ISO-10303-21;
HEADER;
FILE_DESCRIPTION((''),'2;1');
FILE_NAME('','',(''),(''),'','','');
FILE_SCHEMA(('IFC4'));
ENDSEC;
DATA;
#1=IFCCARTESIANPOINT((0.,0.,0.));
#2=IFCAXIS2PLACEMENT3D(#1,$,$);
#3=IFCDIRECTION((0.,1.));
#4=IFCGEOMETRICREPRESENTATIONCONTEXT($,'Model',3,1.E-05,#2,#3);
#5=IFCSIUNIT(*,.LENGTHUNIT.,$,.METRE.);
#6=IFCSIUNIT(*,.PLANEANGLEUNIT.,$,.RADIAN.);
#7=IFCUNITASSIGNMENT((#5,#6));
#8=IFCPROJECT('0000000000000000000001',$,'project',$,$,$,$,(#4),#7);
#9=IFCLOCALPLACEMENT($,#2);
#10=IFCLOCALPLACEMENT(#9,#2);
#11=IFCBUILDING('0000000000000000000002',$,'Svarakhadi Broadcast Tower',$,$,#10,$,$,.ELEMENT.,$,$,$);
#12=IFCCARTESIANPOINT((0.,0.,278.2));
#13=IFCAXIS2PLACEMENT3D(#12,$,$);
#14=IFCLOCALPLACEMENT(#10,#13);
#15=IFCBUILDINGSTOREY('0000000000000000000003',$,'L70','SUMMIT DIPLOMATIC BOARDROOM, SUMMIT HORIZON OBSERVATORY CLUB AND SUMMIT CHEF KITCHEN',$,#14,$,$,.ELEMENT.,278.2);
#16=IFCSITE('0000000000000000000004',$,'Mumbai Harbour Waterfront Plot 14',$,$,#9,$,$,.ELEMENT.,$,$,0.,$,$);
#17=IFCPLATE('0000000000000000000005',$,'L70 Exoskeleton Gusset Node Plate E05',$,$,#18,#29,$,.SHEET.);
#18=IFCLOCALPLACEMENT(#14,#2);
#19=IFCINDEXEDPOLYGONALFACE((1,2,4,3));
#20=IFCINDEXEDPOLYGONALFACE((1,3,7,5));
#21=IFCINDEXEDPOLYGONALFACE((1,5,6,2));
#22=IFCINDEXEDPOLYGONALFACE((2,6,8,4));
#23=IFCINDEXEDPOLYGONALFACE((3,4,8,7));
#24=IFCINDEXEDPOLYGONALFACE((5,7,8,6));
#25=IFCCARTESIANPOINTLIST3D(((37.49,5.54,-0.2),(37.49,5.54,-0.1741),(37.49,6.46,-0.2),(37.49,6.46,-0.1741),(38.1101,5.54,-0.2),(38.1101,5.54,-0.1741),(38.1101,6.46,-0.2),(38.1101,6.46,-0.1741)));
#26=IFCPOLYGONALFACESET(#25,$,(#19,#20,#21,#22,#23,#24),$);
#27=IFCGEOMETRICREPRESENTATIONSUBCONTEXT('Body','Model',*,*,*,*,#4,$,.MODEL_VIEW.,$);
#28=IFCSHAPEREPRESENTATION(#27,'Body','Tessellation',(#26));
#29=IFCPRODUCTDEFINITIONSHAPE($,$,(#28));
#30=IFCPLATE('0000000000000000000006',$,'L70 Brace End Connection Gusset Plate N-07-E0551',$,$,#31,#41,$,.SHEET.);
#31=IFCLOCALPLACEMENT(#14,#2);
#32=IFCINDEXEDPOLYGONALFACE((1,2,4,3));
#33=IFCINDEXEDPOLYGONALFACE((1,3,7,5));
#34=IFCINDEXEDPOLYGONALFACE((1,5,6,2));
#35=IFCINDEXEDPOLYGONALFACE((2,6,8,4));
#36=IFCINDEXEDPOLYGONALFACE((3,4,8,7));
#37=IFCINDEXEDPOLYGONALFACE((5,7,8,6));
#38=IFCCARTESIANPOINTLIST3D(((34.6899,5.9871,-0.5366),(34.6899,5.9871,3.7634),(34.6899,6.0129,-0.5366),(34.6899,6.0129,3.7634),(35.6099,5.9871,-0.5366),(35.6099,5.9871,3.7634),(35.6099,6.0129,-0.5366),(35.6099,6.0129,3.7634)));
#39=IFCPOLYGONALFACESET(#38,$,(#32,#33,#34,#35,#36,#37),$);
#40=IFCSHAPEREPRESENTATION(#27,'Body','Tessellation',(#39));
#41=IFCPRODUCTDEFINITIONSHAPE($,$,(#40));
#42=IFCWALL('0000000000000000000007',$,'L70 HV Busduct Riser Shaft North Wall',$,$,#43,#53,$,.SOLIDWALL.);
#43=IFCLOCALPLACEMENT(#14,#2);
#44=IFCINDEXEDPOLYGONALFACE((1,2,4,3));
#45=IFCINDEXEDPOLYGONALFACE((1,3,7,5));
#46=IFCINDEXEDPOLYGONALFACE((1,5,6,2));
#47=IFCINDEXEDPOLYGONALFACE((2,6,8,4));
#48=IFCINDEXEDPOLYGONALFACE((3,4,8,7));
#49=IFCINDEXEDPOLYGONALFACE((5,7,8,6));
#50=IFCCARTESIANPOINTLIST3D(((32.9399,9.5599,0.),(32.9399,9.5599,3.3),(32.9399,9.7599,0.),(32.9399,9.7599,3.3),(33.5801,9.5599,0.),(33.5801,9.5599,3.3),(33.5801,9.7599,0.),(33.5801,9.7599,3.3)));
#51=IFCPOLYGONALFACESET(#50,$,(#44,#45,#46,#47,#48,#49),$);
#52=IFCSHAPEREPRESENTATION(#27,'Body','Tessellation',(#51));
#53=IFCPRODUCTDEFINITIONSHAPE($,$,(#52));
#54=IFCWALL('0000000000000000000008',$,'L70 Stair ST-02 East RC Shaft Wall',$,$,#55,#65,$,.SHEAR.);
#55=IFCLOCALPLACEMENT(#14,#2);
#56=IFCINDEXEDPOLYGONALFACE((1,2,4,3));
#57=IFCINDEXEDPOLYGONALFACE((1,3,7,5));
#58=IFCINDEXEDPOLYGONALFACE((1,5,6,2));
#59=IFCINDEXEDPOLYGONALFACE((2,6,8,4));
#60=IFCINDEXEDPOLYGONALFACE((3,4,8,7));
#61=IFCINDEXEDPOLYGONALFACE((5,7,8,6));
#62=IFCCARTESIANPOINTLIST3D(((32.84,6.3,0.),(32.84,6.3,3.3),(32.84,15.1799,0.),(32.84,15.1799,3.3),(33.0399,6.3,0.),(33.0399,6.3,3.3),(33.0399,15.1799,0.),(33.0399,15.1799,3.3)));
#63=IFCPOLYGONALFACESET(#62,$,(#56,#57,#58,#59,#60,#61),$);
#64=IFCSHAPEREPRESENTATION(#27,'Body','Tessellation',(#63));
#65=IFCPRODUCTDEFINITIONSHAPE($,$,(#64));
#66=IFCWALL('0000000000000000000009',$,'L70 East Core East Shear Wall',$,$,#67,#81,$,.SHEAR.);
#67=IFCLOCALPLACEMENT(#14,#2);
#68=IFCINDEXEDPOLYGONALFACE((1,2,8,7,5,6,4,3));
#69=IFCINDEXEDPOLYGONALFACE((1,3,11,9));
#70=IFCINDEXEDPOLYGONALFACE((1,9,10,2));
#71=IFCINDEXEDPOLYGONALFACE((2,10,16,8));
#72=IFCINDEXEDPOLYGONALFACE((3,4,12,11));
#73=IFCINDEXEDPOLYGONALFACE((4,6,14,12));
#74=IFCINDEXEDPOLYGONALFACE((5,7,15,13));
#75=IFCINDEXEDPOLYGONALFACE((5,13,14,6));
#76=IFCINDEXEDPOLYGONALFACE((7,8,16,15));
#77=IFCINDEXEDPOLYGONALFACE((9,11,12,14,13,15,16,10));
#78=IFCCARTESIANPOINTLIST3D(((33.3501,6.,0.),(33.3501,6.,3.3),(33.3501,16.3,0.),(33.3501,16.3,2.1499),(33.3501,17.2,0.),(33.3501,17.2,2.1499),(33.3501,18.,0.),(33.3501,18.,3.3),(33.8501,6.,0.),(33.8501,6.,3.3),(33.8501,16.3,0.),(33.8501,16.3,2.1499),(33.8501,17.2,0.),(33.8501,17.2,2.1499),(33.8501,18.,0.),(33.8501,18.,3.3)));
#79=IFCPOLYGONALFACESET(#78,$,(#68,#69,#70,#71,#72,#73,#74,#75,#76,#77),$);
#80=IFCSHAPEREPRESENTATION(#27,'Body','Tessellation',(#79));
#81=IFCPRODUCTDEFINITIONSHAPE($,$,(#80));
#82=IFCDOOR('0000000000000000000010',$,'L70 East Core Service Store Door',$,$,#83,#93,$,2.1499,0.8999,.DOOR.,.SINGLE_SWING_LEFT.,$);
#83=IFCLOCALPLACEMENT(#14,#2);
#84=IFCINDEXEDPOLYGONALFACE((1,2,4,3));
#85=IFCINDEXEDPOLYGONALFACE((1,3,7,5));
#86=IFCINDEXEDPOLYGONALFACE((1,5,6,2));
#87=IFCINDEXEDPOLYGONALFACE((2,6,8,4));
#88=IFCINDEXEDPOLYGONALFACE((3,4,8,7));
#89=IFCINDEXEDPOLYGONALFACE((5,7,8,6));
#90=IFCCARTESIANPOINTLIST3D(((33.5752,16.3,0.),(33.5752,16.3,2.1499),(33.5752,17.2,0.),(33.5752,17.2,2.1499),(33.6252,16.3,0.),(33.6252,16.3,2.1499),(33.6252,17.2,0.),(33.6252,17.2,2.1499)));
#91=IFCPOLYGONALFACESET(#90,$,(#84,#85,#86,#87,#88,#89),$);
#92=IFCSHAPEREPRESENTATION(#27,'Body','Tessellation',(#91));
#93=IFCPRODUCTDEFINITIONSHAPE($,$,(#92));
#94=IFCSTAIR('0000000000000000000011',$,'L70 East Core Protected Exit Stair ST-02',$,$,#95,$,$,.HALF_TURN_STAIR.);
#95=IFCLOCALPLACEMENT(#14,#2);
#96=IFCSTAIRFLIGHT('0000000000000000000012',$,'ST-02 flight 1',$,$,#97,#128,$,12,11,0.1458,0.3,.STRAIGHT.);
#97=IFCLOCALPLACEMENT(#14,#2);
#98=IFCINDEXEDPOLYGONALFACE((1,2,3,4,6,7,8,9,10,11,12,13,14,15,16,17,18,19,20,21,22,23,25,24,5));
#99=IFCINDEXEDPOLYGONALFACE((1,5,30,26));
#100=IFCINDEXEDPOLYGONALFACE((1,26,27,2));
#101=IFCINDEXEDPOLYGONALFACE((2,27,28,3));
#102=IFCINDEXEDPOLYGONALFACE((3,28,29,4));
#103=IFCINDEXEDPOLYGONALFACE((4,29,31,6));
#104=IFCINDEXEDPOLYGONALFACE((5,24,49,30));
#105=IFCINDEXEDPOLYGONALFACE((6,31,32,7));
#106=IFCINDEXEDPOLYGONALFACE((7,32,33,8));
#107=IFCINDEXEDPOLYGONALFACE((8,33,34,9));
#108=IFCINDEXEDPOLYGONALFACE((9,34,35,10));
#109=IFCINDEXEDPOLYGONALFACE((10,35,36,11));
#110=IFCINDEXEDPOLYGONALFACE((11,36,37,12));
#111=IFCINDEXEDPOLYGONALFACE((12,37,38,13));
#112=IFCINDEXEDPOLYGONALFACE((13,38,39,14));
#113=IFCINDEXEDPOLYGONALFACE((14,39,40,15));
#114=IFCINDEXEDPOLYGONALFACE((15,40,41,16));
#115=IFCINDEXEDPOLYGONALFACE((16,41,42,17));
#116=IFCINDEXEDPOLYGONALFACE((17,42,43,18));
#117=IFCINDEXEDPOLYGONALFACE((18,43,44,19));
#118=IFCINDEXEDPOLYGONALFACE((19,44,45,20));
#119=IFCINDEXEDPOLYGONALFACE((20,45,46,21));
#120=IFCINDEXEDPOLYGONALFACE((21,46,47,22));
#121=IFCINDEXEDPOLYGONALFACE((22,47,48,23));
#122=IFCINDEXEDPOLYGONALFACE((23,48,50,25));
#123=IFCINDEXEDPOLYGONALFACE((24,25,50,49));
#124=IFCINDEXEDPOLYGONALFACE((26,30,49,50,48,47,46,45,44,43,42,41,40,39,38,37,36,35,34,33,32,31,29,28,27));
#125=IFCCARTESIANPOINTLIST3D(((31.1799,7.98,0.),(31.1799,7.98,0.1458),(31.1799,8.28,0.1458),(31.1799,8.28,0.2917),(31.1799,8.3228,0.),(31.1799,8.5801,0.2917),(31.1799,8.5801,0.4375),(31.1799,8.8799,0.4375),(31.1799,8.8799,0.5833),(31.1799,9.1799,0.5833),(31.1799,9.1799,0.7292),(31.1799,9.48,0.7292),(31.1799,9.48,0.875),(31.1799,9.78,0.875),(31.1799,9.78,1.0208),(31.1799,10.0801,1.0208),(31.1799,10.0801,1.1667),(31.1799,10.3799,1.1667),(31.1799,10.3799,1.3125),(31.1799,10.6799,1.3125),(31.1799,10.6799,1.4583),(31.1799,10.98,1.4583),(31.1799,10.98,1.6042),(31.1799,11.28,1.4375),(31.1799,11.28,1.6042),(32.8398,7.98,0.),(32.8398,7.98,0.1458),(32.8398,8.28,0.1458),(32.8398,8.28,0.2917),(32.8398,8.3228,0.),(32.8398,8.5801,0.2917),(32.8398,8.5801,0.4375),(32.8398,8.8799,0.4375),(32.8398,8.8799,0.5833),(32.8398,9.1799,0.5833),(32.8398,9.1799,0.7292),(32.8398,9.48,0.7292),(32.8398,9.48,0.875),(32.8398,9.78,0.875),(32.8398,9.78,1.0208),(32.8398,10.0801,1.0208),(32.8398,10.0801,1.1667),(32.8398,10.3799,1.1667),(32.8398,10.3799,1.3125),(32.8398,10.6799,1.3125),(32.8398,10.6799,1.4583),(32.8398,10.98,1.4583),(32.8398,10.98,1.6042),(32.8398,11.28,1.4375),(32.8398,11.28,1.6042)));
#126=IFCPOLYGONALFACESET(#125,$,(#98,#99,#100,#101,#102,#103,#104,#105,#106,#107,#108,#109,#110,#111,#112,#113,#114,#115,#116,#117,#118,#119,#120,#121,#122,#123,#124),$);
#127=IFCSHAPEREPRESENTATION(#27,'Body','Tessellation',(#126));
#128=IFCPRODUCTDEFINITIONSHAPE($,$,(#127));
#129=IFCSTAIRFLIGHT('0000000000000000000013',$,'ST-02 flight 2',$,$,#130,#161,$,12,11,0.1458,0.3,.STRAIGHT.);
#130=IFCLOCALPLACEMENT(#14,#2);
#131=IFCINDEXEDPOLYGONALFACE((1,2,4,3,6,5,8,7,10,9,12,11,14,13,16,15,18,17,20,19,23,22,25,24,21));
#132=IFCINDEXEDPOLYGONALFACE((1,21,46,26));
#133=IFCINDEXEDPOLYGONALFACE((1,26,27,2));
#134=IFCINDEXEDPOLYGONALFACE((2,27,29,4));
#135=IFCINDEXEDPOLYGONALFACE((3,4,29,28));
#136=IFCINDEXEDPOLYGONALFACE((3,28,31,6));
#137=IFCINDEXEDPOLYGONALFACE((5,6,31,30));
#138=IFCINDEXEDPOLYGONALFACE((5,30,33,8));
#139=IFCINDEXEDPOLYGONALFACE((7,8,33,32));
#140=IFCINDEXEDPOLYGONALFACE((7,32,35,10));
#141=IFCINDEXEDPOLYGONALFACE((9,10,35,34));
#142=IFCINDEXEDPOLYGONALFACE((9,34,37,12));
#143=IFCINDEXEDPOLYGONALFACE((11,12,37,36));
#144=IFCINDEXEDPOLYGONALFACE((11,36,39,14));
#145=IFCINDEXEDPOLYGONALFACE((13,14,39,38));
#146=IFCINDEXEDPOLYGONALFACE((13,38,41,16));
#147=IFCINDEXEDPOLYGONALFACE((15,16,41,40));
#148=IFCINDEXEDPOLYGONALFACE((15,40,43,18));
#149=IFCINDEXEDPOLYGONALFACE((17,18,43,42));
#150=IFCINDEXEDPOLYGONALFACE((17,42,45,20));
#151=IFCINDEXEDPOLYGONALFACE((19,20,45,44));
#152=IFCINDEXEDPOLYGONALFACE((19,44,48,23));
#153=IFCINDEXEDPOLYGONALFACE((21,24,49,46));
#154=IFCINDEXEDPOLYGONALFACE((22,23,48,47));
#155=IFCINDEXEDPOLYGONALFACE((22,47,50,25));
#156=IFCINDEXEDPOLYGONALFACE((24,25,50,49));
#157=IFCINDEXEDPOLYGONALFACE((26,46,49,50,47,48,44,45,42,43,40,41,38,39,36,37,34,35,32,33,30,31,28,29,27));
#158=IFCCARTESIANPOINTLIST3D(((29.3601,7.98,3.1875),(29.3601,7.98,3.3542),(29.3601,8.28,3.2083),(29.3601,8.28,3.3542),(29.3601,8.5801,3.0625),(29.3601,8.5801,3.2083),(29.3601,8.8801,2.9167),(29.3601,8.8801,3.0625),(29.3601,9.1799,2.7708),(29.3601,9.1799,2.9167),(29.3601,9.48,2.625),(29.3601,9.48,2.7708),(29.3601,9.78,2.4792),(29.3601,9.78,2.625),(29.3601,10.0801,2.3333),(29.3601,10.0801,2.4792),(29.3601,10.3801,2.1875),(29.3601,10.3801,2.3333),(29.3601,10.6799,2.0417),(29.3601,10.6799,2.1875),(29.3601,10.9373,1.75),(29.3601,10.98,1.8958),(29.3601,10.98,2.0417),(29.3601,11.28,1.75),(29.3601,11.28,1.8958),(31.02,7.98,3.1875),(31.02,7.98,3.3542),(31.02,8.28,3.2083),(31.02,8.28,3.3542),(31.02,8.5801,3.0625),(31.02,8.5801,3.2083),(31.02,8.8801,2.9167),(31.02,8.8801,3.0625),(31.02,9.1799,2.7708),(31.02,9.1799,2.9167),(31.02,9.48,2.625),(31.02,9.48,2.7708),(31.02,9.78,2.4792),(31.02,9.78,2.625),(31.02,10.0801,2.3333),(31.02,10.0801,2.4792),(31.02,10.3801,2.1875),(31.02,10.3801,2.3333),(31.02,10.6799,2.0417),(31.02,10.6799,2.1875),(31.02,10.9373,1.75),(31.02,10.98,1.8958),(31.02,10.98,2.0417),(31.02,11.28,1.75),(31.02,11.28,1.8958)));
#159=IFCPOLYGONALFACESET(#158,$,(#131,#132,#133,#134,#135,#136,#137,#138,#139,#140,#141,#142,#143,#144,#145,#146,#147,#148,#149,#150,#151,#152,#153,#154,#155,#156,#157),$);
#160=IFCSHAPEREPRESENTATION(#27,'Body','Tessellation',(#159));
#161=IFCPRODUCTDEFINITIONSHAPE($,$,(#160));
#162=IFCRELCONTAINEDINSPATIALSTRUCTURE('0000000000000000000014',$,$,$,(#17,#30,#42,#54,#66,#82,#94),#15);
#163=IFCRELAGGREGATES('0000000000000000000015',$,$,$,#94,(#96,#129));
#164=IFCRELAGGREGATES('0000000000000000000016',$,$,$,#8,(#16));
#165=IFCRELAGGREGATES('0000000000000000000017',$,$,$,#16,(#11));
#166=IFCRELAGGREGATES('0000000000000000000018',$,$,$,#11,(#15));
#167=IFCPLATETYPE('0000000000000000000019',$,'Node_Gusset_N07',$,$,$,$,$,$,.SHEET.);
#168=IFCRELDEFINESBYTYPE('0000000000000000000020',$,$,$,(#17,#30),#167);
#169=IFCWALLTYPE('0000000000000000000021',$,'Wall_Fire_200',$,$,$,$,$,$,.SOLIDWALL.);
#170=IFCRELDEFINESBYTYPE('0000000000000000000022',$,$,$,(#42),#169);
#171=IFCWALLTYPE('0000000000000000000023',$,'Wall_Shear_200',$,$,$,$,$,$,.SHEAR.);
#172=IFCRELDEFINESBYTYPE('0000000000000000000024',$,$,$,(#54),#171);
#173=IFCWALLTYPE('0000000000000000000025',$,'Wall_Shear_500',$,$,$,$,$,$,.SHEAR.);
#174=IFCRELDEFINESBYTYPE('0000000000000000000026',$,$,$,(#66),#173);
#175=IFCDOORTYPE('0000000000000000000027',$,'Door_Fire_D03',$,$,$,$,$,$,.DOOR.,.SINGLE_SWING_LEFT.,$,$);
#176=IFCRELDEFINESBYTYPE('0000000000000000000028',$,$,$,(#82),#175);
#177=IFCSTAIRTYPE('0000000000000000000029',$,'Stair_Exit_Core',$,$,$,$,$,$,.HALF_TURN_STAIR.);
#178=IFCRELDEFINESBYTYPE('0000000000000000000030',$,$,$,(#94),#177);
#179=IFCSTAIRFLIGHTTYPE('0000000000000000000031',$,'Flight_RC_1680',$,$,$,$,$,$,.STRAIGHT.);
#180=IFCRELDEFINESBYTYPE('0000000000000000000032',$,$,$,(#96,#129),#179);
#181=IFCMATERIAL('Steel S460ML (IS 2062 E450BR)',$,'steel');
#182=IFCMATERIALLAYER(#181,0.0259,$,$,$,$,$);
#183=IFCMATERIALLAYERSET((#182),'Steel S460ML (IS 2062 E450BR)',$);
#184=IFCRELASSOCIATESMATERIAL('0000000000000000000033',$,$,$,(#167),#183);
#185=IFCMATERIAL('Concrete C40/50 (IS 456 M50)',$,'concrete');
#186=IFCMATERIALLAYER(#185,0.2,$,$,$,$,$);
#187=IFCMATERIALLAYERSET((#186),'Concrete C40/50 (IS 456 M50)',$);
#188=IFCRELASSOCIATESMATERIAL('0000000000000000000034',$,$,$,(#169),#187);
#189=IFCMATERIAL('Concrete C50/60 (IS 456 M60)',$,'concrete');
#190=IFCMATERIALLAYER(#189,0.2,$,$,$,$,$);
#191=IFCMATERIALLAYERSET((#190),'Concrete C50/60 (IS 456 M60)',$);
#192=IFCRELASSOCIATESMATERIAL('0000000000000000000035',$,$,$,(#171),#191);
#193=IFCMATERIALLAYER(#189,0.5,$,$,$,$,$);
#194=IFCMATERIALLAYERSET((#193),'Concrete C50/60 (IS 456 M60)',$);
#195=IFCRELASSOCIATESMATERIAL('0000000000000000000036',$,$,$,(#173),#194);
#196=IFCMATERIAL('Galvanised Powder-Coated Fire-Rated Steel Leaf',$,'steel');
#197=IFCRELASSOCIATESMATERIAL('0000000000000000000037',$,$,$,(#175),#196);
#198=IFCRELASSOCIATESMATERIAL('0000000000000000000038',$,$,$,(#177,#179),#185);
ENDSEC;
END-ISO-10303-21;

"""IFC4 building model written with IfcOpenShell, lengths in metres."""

from ifc_helpers import new_model, si_unit, direction, frame, frame_2d, origin, origin_2d, place, context, subcontext, project, spatial, polyline, rectangle, outline, extrude, material, layer, layer_set, type_object, element, fill, aggregate, save


model = new_model("IFC4")

# Units and contexts
model_context = context("Model", 3, precision=1e-05, world=origin(), true_north=direction((0.0, 1.0)))
body_context = subcontext(model_context, "Body", "Model", "MODEL_VIEW")
ifc_project = project(units=[si_unit("LENGTHUNIT", "METRE"), si_unit("PLANEANGLEUNIT", "RADIAN")], contexts=[model_context])

# Site, building, storey
site_placement = place(None, origin())
site = spatial("IfcSite", under=ifc_project, at=site_placement, Name="Mumbai Harbour Waterfront Plot 14", CompositionType="ELEMENT", RefElevation=0.0)
building_placement = place(site_placement, origin())
building = spatial("IfcBuilding", under=site, at=building_placement, Name="Svarakhadi Broadcast Tower", CompositionType="ELEMENT")
storey_placement = place(building_placement, frame((0.0, 0.0, 278.2)))
storey = spatial("IfcBuildingStorey", under=building, at=storey_placement, Name="L70", Description="SUMMIT DIPLOMATIC BOARDROOM, SUMMIT HORIZON OBSERVATORY CLUB AND SUMMIT CHEF KITCHEN", CompositionType="ELEMENT", Elevation=278.2)

# Shared definitions
ifc_material_1 = material(Name="Steel S460ML (IS 2062 E450BR)", Category="steel")

# Plates
ifc_layer_1 = layer(ifc_material_1, 0.0259)
ifc_layer_set_1 = layer_set([ifc_layer_1], Name="Steel S460ML (IS 2062 E450BR)")
plate_type_1 = type_object("IfcPlateType", Name="Node_Gusset_N07", PredefinedType="SHEET", material=ifc_layer_set_1)
plate_1_placement = place(storey_placement, frame((37.8, 6.0, -0.2), z_axis=(0.0, 0.0, 1.0), x_axis=(0.0, 1.0, 0.0)))
element("IfcPlate", 1, at=plate_1_placement, inside=storey, type_object=plate_type_1, Name="L70 Exoskeleton Gusset Node Plate E05", PredefinedType="SHEET", context=body_context, shape_type="SweptSolid", body=[
    extrude(rectangle(XDim=0.9199, YDim=0.6201, at=origin_2d()), origin(), (0.0, 0.0, 1.0), 0.0259),
])
plate_2_placement = place(storey_placement, frame((35.1499, 6.0, -0.5366), z_axis=(0.0, 0.0, 1.0), x_axis=(1.0, 0.0, 0.0)))
element("IfcPlate", 2, at=plate_2_placement, inside=storey, type_object=plate_type_1, Name="L70 Brace End Connection Gusset Plate N-07-E0551", PredefinedType="SHEET", context=body_context, shape_type="SweptSolid", body=[
    extrude(rectangle(XDim=0.9199, YDim=0.0259, at=origin_2d()), origin(), (0.0, 0.0, 1.0), 4.3),
])

# Walls
ifc_material_2 = material(Name="Concrete C40/50 (IS 456 M50)", Category="concrete")
ifc_layer_2 = layer(ifc_material_2, 0.2)
ifc_layer_set_2 = layer_set([ifc_layer_2], Name="Concrete C40/50 (IS 456 M50)")
wall_type_1 = type_object("IfcWallType", Name="Wall_Fire_200", PredefinedType="SOLIDWALL", material=ifc_layer_set_2)
wall_1_placement = place(storey_placement, frame((32.9399, 9.6599, 0.0), z_axis=(0.0, 0.0, 1.0), x_axis=(1.0, 0.0, 0.0)))
element("IfcWall", 3, at=wall_1_placement, inside=storey, type_object=wall_type_1, Name="L70 HV Busduct Riser Shaft North Wall", PredefinedType="SOLIDWALL", context=body_context, shape_type="SweptSolid", body=[
    extrude(rectangle(XDim=0.6401, YDim=0.2, at=frame_2d((0.3201, 0.0))), origin(), (0.0, 0.0, 1.0), 3.3),
])
ifc_material_3 = material(Name="Concrete C50/60 (IS 456 M60)", Category="concrete")
ifc_layer_3 = layer(ifc_material_3, 0.2)
ifc_layer_set_3 = layer_set([ifc_layer_3], Name="Concrete C50/60 (IS 456 M60)")
wall_type_2 = type_object("IfcWallType", Name="Wall_Shear_200", PredefinedType="SHEAR", material=ifc_layer_set_3)
wall_2_placement = place(storey_placement, frame((32.9399, 6.3, 0.0), z_axis=(0.0, 0.0, 1.0), x_axis=(0.0, 1.0, 0.0)))
element("IfcWall", 4, at=wall_2_placement, inside=storey, type_object=wall_type_2, Name="L70 Stair ST-02 East RC Shaft Wall", PredefinedType="SHEAR", context=body_context, shape_type="SweptSolid", body=[
    extrude(rectangle(XDim=8.8799, YDim=0.2, at=frame_2d((4.4399, 0.0))), origin(), (0.0, 0.0, 1.0), 3.3),
])

# Wall, opening, door
ifc_layer_4 = layer(ifc_material_3, 0.5)
ifc_layer_set_4 = layer_set([ifc_layer_4], Name="Concrete C50/60 (IS 456 M60)")
wall_type_3 = type_object("IfcWallType", Name="Wall_Shear_500", PredefinedType="SHEAR", material=ifc_layer_set_4)
wall_3_placement = place(storey_placement, frame((33.6001, 6.0, 0.0), z_axis=(0.0, 0.0, 1.0), x_axis=(0.0, 1.0, 0.0)))
wall_3 = element("IfcWall", 5, at=wall_3_placement, inside=storey, type_object=wall_type_3, Name="L70 East Core East Shear Wall", PredefinedType="SHEAR", context=body_context, shape_type="SweptSolid", body=[
    extrude(rectangle(XDim=12.0, YDim=0.5, at=frame_2d((6.0, 0.0))), origin(), (0.0, 0.0, 1.0), 3.3),
])
opening_placement = place(wall_3_placement, frame((10.3, 0.0, 0.0)))
opening = element("IfcOpeningElement", 6, at=opening_placement, cuts=wall_3, PredefinedType="OPENING", context=body_context, shape_type="SweptSolid", body=[
    extrude(rectangle(XDim=0.8999, YDim=2.1499, at=frame_2d((0.45, 1.075))), frame((0.0, 0.26, 0.0), z_axis=(0.0, -1.0, 0.0), x_axis=(1.0, 0.0, 0.0)), (0.0, 0.0, 1.0), 0.52),
])
ifc_material_4 = material(Name="Galvanised Powder-Coated Fire-Rated Steel Leaf", Category="steel")
door_type = type_object("IfcDoorType", Name="Door_Fire_D03", OperationType="SINGLE_SWING_LEFT", PredefinedType="DOOR", material=ifc_material_4)
door_placement = place(opening_placement, origin())
door = element("IfcDoor", 7, at=door_placement, inside=storey, type_object=door_type, Name="L70 East Core Service Store Door", OperationType="SINGLE_SWING_LEFT", OverallHeight=2.1499, OverallWidth=0.8999, PredefinedType="DOOR", context=body_context, shape_type="SweptSolid", body=[
    extrude(rectangle(XDim=0.8999, YDim=2.1499, at=frame_2d((0.45, 1.075))), frame((0.0, 0.0249, 0.0), z_axis=(0.0, -1.0, 0.0), x_axis=(1.0, 0.0, 0.0)), (0.0, 0.0, 1.0), 0.05),
])
fill(opening, door)

# Stair, stair flights
stair_type = type_object("IfcStairType", Name="Stair_Exit_Core", PredefinedType="HALF_TURN_STAIR", material=ifc_material_2)
stair_placement = place(storey_placement, origin())
stair = element("IfcStair", 8, at=stair_placement, inside=storey, type_object=stair_type, Name="L70 East Core Protected Exit Stair ST-02", PredefinedType="HALF_TURN_STAIR")
stair_flight_type = type_object("IfcStairFlightType", Name="Flight_RC_1680", PredefinedType="STRAIGHT", material=ifc_material_2)
stair_flight_1_placement = place(storey_placement, frame((32.01, 7.98, 0.0), z_axis=(0.0, 0.0, 1.0), x_axis=(0.0, 1.0, 0.0)))
stair_flight_1 = element("IfcStairFlight", 9, at=stair_flight_1_placement, type_object=stair_flight_type, Name="ST-02 flight 1", NumberOfRisers=12, NumberOfTreads=11, PredefinedType="STRAIGHT", RiserHeight=0.1458, TreadLength=0.3, context=body_context, shape_type="SweptSolid", body=[
    extrude(outline(polyline([(0.0, 0.0), (0.0, 0.1458), (0.3, 0.1458), (0.3, 0.2917), (0.6001, 0.2917), (0.6001, 0.4375), (0.8999, 0.4375), (0.8999, 0.5833), (1.2, 0.5833), (1.2, 0.7292), (1.5, 0.7292), (1.5, 0.875), (1.8, 0.875), (1.8, 1.0208), (2.1001, 1.0208), (2.1001, 1.1667), (2.3999, 1.1667), (2.3999, 1.3125), (2.7, 1.3125), (2.7, 1.4583), (3.0, 1.4583), (3.0, 1.6042), (3.3, 1.6042), (3.3, 1.75), (3.3, 1.4375), (0.3428, 0.0), (0.0, 0.0)])), frame((0.0, 0.8301, 0.0), z_axis=(0.0, -1.0, 0.0), x_axis=(1.0, 0.0, 0.0)), (0.0, 0.0, 1.0), 1.6599),
])
stair_flight_2_placement = place(storey_placement, frame((30.1899, 11.28, 1.75), z_axis=(0.0, 0.0, 1.0), x_axis=(0.0, -1.0, 0.0)))
stair_flight_2 = element("IfcStairFlight", 10, at=stair_flight_2_placement, type_object=stair_flight_type, Name="ST-02 flight 2", NumberOfRisers=12, NumberOfTreads=11, PredefinedType="STRAIGHT", RiserHeight=0.1458, TreadLength=0.3, context=body_context, shape_type="SweptSolid", body=[
    extrude(outline(polyline([(0.0, 0.0), (0.0, 0.1458), (0.3, 0.1458), (0.3, 0.2917), (0.6001, 0.2917), (0.6001, 0.4375), (0.8999, 0.4375), (0.8999, 0.5833), (1.2, 0.5833), (1.2, 0.7292), (1.5, 0.7292), (1.5, 0.875), (1.8, 0.875), (1.8, 1.0208), (2.1001, 1.0208), (2.1001, 1.1667), (2.3999, 1.1667), (2.3999, 1.3125), (2.7, 1.3125), (2.7, 1.4583), (3.0, 1.4583), (3.0, 1.6042), (3.3, 1.6042), (3.3, 1.75), (3.3, 1.4375), (0.3428, 0.0), (0.0, 0.0)])), frame((0.0, 0.8301, 0.0), z_axis=(0.0, -1.0, 0.0), x_axis=(1.0, 0.0, 0.0)), (0.0, 0.0, 1.0), 1.6599),
])
aggregate(stair, [stair_flight_1, stair_flight_2])

save(model, "model.ifc")
